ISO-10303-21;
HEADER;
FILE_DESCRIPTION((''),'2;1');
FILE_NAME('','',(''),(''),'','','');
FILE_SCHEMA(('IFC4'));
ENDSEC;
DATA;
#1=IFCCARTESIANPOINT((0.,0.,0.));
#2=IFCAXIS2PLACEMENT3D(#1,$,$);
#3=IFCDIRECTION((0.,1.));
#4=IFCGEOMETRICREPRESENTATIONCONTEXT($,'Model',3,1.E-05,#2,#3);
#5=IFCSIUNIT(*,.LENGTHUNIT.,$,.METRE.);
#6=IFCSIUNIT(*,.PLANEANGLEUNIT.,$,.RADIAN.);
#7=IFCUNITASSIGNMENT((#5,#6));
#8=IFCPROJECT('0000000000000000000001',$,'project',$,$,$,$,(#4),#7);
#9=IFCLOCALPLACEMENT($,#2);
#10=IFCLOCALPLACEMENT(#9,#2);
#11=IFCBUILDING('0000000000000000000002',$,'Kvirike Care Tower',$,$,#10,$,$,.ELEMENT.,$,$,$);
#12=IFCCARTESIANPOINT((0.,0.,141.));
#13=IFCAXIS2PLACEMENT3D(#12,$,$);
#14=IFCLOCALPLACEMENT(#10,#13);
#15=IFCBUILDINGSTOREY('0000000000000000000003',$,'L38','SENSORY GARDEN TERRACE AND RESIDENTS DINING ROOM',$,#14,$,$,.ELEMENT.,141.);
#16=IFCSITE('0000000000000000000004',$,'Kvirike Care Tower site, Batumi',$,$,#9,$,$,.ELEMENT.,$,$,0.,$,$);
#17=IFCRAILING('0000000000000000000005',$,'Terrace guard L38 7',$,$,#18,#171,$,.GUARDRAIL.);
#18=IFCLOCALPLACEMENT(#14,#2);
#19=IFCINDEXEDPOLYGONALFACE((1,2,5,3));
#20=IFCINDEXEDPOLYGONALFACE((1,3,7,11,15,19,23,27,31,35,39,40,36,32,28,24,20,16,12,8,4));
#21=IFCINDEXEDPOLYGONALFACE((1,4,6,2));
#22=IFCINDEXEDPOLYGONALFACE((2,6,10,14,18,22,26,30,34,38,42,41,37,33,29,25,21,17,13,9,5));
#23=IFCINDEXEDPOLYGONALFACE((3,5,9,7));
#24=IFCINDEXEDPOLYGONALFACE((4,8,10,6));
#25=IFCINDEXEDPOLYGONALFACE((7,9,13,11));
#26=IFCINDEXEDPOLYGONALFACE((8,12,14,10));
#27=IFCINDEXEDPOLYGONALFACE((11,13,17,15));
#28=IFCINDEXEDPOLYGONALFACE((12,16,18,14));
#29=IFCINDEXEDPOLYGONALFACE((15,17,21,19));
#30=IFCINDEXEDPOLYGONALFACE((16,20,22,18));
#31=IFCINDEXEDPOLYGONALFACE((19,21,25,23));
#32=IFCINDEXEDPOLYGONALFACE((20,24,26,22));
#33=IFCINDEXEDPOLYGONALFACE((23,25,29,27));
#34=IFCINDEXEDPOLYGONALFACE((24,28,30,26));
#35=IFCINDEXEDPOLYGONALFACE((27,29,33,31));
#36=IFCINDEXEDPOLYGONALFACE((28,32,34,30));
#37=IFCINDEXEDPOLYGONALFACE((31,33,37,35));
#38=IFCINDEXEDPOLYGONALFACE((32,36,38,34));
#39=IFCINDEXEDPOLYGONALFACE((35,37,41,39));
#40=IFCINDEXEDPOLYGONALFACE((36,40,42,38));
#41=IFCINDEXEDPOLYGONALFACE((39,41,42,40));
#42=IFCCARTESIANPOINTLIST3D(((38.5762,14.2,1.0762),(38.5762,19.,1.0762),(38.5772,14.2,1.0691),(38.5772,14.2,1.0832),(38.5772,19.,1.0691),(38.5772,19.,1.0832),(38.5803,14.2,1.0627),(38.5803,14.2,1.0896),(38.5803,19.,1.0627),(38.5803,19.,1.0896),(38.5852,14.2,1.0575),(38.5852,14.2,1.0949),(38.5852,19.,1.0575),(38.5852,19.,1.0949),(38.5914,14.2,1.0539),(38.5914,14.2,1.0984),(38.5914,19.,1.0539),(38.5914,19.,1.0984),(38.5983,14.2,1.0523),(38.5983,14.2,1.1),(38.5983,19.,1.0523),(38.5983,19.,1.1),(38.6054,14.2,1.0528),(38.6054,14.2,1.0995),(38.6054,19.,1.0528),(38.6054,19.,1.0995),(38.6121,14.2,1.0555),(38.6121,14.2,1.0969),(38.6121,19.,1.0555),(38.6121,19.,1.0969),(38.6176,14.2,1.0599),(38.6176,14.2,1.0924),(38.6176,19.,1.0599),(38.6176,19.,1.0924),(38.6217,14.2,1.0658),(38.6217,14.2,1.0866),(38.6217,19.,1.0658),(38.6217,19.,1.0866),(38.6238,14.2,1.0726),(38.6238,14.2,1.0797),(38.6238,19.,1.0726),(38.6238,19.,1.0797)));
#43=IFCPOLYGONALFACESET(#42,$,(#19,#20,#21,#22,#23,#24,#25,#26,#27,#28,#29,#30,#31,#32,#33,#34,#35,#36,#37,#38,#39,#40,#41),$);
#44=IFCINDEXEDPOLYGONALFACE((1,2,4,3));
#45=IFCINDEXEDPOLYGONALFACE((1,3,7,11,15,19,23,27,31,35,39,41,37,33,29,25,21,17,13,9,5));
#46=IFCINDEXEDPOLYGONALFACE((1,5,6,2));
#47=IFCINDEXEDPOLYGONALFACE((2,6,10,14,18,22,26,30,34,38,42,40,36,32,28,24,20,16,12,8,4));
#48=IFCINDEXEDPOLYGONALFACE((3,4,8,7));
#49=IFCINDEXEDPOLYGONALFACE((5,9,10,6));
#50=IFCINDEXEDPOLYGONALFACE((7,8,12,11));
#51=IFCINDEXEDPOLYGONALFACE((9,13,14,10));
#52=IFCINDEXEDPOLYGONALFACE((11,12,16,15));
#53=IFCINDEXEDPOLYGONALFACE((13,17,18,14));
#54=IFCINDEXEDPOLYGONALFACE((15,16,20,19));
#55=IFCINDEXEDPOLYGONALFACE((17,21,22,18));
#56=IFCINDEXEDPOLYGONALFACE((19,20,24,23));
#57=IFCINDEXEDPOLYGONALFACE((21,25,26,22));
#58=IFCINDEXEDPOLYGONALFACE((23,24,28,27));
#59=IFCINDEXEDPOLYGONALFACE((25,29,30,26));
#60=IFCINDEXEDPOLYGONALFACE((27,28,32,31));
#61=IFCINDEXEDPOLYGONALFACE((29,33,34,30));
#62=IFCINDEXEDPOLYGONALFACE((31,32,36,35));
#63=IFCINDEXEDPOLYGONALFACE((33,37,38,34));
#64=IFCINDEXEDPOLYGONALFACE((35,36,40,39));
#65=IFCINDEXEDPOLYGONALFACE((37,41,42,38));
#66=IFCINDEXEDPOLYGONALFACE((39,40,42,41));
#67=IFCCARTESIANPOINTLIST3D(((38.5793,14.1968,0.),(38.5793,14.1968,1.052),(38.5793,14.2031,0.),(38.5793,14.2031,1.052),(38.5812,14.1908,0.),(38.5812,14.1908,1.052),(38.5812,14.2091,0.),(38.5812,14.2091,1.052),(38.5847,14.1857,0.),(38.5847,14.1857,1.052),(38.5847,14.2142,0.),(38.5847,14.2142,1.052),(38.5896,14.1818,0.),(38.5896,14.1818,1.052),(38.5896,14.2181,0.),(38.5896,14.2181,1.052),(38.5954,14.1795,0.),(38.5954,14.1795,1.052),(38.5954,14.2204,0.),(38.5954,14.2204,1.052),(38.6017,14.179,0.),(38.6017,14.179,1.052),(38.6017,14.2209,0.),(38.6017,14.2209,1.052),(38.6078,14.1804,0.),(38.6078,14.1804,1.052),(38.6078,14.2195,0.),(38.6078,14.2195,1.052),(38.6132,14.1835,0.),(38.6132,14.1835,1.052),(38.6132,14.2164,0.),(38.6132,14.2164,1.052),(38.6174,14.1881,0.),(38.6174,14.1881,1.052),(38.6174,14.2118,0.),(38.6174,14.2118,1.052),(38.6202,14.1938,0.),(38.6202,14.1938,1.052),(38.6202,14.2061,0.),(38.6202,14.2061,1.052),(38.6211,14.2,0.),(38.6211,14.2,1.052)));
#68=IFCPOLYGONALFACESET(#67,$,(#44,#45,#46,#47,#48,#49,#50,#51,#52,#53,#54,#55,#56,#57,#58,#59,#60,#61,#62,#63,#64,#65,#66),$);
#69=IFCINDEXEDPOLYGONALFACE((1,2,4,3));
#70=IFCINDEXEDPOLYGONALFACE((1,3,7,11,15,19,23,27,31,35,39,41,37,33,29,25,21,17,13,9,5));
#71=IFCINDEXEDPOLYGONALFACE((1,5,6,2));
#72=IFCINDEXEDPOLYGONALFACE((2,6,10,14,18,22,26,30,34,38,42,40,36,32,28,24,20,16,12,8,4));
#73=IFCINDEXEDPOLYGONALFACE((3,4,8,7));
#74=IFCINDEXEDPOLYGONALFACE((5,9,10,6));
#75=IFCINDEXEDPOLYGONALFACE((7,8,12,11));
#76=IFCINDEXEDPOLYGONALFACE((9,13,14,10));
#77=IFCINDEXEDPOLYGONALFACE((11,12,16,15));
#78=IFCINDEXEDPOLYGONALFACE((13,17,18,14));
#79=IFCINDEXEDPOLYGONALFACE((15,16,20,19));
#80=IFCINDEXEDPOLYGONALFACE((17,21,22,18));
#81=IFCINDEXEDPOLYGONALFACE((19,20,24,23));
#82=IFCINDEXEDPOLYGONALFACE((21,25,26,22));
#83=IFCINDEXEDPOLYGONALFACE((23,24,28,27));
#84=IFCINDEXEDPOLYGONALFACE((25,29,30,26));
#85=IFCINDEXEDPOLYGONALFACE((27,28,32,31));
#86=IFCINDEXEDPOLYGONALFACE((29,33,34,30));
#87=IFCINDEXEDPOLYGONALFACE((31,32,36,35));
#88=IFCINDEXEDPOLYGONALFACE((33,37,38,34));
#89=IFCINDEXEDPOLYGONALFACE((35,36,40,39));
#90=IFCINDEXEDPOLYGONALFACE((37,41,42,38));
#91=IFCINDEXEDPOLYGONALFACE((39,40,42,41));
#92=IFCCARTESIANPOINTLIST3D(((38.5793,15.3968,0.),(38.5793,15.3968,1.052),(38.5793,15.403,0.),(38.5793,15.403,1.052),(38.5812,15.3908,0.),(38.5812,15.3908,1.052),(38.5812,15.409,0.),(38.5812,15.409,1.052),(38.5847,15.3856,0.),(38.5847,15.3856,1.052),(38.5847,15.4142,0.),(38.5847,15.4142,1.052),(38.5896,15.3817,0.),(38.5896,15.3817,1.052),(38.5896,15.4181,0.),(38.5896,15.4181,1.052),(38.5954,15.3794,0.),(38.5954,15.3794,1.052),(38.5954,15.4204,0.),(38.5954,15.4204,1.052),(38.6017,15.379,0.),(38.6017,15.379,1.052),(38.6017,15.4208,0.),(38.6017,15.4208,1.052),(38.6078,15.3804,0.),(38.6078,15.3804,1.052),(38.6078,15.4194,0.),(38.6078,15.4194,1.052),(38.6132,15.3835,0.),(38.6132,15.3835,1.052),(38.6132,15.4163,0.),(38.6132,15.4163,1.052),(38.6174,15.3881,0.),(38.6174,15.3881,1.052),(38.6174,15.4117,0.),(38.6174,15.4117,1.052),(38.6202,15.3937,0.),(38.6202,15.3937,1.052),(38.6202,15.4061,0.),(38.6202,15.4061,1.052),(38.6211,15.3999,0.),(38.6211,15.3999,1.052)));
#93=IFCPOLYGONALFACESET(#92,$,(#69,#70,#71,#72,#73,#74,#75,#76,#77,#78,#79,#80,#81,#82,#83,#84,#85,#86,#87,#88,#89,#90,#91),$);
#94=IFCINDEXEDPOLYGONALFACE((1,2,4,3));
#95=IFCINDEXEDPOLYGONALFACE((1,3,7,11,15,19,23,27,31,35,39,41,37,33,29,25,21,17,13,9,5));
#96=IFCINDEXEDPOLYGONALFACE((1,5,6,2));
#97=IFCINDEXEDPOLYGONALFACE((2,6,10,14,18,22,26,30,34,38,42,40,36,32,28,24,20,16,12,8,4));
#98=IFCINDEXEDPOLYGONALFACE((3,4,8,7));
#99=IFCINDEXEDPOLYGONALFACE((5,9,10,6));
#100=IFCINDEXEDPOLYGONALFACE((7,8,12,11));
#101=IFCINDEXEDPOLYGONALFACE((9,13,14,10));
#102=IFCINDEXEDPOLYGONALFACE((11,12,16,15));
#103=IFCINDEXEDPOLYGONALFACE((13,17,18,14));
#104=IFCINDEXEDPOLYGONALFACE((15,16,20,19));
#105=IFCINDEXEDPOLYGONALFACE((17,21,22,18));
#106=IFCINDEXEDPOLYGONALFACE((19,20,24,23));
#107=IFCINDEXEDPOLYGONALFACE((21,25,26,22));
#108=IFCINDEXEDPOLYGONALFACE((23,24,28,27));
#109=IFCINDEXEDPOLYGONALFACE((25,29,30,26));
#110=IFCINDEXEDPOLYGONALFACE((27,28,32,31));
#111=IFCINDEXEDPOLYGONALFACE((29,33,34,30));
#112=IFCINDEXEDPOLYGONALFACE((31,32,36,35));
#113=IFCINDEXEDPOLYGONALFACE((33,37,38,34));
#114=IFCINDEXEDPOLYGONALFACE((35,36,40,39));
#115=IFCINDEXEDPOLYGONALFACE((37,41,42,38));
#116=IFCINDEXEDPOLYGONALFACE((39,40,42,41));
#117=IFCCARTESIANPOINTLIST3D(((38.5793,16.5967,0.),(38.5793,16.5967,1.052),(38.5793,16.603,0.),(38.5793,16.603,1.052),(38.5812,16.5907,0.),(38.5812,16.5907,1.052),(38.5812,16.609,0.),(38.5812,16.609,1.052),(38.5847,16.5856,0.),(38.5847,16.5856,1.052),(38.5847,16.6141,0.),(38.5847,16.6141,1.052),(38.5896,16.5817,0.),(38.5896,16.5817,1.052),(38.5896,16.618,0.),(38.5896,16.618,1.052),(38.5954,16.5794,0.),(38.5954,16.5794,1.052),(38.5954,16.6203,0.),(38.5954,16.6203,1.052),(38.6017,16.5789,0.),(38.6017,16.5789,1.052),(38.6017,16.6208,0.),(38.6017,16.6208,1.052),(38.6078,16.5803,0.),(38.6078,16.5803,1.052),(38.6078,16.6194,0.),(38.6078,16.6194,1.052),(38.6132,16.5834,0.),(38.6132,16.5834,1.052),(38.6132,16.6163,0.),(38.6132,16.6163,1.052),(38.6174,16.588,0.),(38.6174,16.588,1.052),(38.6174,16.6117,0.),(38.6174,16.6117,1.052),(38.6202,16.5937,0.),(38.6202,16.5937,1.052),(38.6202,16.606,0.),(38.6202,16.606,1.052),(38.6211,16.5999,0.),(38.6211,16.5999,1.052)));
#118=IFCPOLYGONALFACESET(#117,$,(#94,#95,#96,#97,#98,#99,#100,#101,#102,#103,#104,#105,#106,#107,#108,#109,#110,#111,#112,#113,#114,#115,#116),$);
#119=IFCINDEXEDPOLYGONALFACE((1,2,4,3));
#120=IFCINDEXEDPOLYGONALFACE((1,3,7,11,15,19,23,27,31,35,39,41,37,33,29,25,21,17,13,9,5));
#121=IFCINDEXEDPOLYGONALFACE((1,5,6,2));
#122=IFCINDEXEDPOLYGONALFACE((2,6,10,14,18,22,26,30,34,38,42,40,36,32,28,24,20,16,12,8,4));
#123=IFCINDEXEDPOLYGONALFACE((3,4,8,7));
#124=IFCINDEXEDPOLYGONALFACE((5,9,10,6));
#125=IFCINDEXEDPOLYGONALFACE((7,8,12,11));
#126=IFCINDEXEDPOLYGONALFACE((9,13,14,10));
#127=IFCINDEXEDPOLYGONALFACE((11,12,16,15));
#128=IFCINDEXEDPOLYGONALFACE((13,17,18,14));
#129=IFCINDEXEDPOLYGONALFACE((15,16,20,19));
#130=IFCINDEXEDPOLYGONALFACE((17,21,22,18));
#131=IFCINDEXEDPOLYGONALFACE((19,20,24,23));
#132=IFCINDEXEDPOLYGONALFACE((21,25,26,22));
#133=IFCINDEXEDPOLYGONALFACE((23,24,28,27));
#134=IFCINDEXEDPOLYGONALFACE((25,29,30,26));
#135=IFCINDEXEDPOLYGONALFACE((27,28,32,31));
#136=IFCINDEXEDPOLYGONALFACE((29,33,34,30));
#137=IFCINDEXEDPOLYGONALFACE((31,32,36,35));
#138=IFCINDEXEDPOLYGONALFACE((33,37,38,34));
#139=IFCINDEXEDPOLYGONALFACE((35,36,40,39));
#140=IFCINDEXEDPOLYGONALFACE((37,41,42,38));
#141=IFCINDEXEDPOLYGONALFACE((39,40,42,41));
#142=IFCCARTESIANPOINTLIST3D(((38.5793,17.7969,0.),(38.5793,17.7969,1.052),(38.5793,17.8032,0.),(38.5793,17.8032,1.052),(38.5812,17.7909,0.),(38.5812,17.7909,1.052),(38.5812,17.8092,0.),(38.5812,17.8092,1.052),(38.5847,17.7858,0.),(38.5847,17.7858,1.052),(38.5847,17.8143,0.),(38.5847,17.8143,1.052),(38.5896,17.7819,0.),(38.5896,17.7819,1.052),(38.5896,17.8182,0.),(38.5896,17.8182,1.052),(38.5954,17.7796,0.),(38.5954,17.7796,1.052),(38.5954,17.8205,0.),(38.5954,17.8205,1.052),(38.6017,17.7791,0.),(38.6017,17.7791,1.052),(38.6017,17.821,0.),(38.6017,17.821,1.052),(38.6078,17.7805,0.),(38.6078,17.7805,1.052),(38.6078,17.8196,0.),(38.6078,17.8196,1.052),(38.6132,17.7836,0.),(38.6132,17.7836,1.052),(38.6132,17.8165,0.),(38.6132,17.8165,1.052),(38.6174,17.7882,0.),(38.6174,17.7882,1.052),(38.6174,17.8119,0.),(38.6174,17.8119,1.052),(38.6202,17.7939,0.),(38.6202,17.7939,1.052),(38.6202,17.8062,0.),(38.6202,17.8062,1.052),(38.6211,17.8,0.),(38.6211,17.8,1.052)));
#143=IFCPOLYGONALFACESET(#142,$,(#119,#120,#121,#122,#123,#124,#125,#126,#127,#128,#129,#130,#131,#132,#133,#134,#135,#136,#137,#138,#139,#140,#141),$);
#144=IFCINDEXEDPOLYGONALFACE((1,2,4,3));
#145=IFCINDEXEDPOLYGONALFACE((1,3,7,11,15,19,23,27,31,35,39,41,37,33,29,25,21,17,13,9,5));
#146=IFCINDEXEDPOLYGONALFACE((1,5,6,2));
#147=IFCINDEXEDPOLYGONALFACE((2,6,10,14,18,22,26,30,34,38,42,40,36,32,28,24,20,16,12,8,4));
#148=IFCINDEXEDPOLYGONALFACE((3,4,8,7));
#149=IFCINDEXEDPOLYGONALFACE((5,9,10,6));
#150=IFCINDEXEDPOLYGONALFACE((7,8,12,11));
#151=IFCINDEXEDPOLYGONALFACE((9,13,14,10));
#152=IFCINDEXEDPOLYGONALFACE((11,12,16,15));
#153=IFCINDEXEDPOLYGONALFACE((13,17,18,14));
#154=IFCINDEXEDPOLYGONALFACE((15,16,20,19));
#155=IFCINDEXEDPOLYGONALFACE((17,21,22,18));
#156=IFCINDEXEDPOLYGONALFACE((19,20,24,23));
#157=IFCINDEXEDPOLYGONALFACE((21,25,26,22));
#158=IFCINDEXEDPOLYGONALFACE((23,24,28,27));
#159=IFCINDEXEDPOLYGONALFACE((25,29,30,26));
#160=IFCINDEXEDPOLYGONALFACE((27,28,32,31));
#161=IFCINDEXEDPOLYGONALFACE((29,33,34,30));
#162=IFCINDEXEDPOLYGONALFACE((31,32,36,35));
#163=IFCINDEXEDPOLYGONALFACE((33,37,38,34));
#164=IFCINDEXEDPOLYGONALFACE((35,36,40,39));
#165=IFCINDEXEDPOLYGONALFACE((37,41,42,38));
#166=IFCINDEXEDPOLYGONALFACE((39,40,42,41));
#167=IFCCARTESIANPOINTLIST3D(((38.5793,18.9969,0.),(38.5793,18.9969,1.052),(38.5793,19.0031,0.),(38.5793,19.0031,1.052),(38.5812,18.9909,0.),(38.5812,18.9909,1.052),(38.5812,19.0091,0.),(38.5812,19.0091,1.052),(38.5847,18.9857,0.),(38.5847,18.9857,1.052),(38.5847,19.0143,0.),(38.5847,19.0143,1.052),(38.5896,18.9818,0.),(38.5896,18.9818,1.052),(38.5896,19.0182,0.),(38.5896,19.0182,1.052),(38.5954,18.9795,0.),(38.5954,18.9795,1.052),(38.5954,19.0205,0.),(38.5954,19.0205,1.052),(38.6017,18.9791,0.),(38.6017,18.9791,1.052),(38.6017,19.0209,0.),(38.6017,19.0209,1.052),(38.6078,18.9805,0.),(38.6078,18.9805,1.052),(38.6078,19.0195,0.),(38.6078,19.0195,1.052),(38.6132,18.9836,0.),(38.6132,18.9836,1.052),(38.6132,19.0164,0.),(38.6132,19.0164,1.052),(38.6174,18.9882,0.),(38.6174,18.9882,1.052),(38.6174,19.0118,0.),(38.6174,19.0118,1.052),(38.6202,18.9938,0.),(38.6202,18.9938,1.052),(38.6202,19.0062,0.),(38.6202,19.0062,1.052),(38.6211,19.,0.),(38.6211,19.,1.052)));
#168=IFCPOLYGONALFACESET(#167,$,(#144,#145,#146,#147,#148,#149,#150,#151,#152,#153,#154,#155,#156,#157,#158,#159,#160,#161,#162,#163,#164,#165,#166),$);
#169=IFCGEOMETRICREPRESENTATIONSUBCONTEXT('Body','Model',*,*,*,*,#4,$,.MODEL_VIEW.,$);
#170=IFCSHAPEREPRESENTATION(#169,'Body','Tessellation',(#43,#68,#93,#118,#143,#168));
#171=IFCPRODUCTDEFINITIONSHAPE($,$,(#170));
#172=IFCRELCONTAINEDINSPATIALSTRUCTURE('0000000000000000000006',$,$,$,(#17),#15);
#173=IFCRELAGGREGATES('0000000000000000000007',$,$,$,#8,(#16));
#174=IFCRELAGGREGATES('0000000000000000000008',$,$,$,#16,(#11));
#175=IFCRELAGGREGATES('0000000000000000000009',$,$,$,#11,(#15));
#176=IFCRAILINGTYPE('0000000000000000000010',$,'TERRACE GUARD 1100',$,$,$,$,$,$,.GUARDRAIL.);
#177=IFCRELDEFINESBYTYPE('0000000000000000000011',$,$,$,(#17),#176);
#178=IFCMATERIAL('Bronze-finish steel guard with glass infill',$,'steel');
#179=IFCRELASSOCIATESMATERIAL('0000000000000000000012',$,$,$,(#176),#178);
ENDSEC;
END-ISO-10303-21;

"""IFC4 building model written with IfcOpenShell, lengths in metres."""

from ifc_helpers import new_model, si_unit, direction, frame, origin, origin_2d, place, context, subcontext, project, spatial, circle, extrude, material, type_object, element, save


model = new_model("IFC4")

# Units and contexts
model_context = context("Model", 3, precision=1e-05, world=origin(), true_north=direction((0.0, 1.0)))
body_context = subcontext(model_context, "Body", "Model", "MODEL_VIEW")
ifc_project = project(units=[si_unit("LENGTHUNIT", "METRE"), si_unit("PLANEANGLEUNIT", "RADIAN")], contexts=[model_context])

# Site, building, storey
site_placement = place(None, origin())
site = spatial("IfcSite", under=ifc_project, at=site_placement, Name="Kvirike Care Tower site, Batumi", CompositionType="ELEMENT", RefElevation=0.0)
building_placement = place(site_placement, origin())
building = spatial("IfcBuilding", under=site, at=building_placement, Name="Kvirike Care Tower", CompositionType="ELEMENT")
storey_placement = place(building_placement, frame((0.0, 0.0, 141.0)))
storey = spatial("IfcBuildingStorey", under=building, at=storey_placement, Name="L38", Description="SENSORY GARDEN TERRACE AND RESIDENTS DINING ROOM", CompositionType="ELEMENT", Elevation=141.0)

# Railing
ifc_material_1 = material(Name="Bronze-finish steel guard with glass infill", Category="steel")
railing_type = type_object("IfcRailingType", Name="TERRACE GUARD 1100", PredefinedType="GUARDRAIL", material=ifc_material_1)
railing_1_placement = place(storey_placement, frame((38.6001, 14.2, 0.0)))
element("IfcRailing", 1, at=railing_1_placement, inside=storey, type_object=railing_type, Name="Terrace guard L38 7", PredefinedType="GUARDRAIL", context=body_context, shape_type="SweptSolid", body=[
    extrude(circle(Radius=0.0239, at=origin_2d()), frame((0.0, 0.0, 1.0762), z_axis=(0.0, 1.0, 0.0), x_axis=(-1.0, 0.0, 0.0)), (0.0, 0.0, 1.0), 4.8),
    extrude(circle(Radius=0.021, at=origin_2d()), origin(), (0.0, 0.0, 1.0), 1.052),
    extrude(circle(Radius=0.021, at=origin_2d()), frame((0.0, 1.2, 0.0)), (0.0, 0.0, 1.0), 1.052),
    extrude(circle(Radius=0.021, at=origin_2d()), frame((0.0, 2.3999, 0.0)), (0.0, 0.0, 1.0), 1.052),
    extrude(circle(Radius=0.021, at=origin_2d()), frame((0.0, 3.6001, 0.0)), (0.0, 0.0, 1.0), 1.052),
    extrude(circle(Radius=0.021, at=origin_2d()), frame((0.0, 4.8, 0.0)), (0.0, 0.0, 1.0), 1.052),
])

save(model, "model.ifc")
